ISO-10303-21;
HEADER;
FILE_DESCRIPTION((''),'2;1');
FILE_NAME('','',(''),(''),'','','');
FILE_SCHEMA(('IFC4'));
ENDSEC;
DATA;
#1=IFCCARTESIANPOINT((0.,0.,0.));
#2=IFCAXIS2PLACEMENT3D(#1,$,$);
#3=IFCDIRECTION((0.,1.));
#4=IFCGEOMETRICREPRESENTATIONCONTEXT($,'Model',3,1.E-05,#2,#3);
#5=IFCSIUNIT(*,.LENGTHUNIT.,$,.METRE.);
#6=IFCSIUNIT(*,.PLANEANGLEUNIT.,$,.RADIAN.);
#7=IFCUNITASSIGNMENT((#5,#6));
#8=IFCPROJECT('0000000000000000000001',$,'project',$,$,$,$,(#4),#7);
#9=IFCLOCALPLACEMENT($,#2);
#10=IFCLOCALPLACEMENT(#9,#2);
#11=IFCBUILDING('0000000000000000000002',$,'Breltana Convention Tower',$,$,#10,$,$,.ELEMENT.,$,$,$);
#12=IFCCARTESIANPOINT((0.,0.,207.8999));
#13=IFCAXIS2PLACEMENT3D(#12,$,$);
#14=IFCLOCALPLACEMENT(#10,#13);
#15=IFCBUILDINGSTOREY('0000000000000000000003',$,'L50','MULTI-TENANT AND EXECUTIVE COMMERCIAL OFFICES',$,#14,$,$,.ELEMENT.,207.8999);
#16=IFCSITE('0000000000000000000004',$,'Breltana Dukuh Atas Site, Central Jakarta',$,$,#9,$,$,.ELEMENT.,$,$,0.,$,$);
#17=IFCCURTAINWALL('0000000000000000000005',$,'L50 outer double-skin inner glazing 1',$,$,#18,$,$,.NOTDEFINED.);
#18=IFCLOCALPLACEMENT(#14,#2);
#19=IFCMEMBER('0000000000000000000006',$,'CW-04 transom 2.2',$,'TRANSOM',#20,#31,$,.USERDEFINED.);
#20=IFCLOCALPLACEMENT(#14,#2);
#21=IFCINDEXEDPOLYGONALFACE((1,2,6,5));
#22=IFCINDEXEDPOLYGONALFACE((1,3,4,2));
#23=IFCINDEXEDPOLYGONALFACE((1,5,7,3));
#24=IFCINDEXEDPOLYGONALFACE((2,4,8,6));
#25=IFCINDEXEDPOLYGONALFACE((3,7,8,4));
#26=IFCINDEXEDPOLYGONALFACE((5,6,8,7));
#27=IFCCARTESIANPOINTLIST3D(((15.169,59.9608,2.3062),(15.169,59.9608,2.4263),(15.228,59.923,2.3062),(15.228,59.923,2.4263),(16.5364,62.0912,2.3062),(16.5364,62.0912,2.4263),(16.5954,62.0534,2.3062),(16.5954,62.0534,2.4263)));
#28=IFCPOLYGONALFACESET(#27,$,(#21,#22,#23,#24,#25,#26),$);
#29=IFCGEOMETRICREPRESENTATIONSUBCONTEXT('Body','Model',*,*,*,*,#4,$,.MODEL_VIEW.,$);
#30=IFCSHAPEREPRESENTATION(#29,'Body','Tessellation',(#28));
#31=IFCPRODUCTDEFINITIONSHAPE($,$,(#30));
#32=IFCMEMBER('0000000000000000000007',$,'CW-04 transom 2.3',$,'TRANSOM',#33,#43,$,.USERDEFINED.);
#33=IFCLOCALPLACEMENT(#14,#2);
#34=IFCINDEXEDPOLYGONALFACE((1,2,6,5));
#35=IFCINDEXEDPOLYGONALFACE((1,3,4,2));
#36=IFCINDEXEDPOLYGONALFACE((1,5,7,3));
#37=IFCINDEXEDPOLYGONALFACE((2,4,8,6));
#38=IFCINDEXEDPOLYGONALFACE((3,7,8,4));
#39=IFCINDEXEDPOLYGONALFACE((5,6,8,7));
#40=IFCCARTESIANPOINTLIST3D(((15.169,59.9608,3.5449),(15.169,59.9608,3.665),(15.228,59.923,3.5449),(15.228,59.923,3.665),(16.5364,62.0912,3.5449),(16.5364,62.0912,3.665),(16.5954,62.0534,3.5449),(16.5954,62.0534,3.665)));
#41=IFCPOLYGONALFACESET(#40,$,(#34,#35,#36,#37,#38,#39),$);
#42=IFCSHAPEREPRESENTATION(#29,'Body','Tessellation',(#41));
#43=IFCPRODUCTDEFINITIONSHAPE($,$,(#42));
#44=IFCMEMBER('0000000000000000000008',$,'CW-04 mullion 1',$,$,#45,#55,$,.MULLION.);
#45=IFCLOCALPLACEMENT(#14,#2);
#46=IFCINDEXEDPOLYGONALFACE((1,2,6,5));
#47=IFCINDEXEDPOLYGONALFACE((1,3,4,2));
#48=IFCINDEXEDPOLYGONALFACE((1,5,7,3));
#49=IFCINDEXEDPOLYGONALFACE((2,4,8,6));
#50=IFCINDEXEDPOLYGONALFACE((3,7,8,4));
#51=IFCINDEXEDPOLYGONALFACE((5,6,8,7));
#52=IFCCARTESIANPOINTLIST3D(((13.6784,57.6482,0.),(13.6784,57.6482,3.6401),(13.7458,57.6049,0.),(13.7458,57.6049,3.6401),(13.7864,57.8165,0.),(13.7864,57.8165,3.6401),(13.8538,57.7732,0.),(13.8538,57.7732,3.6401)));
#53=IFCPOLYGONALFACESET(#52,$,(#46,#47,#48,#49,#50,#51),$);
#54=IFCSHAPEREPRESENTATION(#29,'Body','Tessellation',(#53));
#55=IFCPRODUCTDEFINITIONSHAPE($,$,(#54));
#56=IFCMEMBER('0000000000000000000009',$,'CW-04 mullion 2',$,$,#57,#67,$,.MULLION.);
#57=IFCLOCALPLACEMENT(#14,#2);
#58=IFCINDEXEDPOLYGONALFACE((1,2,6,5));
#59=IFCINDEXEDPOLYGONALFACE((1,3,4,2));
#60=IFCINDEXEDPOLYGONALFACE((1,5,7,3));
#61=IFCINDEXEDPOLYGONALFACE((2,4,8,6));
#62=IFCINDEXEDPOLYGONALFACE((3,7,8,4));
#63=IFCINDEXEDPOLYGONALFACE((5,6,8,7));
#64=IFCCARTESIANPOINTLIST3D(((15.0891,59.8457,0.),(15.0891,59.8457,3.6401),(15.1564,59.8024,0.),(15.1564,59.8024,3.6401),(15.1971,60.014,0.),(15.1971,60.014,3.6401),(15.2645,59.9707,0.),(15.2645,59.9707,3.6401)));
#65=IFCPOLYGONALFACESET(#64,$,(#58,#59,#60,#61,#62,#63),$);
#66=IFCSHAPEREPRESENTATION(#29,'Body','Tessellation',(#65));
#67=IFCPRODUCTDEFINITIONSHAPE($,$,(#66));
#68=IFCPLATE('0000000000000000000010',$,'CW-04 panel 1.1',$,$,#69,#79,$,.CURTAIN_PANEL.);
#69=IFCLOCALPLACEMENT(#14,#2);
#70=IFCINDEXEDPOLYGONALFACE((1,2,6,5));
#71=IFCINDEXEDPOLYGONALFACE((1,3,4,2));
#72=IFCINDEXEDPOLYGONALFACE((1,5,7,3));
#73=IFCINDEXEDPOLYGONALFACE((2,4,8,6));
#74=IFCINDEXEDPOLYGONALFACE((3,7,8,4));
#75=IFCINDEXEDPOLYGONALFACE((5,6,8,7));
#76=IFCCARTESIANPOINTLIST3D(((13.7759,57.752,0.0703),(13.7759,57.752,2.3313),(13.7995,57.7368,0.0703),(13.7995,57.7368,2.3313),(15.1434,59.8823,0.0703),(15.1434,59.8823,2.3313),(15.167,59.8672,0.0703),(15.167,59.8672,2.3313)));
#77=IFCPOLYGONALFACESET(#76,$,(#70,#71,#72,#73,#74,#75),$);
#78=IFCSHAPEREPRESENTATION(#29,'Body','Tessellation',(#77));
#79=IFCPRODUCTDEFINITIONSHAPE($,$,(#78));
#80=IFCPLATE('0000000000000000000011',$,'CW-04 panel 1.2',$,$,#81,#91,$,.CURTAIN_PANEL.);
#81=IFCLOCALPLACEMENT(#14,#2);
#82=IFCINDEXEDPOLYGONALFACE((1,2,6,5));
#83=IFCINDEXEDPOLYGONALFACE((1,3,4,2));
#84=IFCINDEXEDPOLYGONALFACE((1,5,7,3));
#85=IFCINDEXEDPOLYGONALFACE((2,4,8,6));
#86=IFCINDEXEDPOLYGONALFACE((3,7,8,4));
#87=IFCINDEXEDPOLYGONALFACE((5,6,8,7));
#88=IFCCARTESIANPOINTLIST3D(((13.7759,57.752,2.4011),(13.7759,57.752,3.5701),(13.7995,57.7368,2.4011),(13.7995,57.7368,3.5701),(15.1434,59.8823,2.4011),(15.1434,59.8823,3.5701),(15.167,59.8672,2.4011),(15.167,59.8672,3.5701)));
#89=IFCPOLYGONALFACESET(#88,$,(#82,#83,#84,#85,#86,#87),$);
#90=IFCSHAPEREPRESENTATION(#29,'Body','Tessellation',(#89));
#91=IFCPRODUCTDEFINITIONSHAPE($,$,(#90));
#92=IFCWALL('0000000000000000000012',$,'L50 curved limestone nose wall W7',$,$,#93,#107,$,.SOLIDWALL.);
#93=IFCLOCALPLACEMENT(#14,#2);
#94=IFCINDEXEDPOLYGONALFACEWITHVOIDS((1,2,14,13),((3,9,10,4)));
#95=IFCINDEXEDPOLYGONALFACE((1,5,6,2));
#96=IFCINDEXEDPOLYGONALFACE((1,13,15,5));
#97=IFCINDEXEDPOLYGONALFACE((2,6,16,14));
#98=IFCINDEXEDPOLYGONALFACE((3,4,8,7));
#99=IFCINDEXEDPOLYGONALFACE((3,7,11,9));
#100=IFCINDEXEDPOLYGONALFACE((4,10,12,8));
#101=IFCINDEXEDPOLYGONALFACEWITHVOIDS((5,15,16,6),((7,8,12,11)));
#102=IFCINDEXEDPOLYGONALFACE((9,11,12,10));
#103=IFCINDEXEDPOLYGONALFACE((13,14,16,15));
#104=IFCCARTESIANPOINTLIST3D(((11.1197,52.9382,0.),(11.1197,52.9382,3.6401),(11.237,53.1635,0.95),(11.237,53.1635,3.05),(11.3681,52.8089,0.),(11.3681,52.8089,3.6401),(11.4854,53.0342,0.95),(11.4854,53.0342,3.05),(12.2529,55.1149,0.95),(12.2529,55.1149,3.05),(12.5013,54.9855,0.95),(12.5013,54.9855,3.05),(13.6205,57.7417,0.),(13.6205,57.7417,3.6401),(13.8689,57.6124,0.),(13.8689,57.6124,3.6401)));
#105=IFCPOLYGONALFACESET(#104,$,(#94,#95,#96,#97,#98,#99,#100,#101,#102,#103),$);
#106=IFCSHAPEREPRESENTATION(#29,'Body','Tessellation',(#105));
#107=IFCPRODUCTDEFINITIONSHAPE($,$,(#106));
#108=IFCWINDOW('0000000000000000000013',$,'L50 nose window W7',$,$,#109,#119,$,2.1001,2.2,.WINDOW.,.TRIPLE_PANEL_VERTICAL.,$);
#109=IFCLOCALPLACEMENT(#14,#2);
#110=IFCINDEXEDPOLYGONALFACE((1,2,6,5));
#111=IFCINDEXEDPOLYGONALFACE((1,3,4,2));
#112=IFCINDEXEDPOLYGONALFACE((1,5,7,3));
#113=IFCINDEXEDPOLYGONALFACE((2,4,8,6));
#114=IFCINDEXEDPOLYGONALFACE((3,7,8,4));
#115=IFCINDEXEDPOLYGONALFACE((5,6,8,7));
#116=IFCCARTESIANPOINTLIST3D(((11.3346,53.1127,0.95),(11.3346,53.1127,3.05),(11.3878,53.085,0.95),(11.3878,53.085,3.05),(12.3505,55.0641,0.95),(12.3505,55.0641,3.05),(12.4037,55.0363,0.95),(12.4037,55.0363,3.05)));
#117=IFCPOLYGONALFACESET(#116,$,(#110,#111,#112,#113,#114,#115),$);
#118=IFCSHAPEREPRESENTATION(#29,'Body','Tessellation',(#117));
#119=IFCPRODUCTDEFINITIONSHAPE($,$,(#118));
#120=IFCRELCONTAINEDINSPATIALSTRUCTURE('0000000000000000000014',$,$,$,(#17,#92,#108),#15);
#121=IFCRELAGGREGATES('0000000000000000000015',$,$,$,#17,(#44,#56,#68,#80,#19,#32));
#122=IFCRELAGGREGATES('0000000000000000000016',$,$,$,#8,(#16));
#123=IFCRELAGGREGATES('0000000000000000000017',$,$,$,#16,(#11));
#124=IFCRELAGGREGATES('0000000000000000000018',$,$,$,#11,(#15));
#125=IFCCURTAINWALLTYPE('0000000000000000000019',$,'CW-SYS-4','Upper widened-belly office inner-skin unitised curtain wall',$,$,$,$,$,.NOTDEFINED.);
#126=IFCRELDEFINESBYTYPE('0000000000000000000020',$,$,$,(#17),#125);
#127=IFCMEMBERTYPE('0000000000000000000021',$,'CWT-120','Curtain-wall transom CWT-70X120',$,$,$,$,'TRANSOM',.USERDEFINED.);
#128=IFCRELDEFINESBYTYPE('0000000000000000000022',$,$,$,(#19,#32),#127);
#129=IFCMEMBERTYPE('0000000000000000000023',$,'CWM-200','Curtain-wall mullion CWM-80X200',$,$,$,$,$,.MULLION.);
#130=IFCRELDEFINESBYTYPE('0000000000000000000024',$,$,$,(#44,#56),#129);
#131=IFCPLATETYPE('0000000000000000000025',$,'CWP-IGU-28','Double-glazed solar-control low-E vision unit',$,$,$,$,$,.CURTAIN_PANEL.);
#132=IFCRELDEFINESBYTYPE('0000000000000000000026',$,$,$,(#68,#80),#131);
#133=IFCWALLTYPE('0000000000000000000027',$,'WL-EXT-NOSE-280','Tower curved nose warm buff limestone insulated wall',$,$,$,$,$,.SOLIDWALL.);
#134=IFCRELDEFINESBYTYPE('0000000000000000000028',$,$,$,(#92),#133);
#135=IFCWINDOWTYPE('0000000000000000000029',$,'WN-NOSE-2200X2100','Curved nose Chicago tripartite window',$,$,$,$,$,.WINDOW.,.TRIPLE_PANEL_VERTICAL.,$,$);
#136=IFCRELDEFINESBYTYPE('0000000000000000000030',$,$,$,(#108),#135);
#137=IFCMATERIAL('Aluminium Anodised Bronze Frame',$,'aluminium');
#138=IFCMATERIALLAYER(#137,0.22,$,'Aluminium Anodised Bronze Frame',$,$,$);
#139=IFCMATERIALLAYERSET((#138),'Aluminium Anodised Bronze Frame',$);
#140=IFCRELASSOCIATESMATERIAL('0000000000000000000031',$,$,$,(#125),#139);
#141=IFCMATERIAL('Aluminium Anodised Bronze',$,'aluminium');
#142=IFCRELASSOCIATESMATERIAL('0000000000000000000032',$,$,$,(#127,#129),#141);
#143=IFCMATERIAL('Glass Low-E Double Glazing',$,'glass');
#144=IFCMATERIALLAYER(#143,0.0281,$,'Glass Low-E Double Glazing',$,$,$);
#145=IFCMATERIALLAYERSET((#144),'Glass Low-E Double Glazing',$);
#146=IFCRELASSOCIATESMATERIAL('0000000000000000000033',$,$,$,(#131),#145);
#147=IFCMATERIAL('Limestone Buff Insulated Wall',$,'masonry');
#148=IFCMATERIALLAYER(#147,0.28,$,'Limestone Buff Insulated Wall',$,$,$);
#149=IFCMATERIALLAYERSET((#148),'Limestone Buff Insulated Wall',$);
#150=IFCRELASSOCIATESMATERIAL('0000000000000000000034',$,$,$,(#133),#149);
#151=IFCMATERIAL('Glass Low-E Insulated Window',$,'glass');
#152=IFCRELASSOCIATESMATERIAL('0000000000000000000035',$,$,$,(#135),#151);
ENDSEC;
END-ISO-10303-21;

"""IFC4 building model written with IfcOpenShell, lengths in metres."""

from ifc_helpers import new_model, si_unit, direction, frame, frame_2d, origin, origin_2d, place, context, subcontext, project, spatial, rectangle, extrude, source, transform, mapped, material, layer, layer_set, material_profile, profile_set, type_object, type_shapes, element, fill, aggregate, save


model = new_model("IFC4")

# Units and contexts
model_context = context("Model", 3, precision=1e-05, world=origin(), true_north=direction((0.0, 1.0)))
body_context = subcontext(model_context, "Body", "Model", "MODEL_VIEW")
ifc_project = project(units=[si_unit("LENGTHUNIT", "METRE"), si_unit("PLANEANGLEUNIT", "RADIAN")], contexts=[model_context])

# Site, building, storey
site_placement = place(None, origin())
site = spatial("IfcSite", under=ifc_project, at=site_placement, Name="Breltana Dukuh Atas Site, Central Jakarta", CompositionType="ELEMENT", RefElevation=0.0)
building_placement = place(site_placement, origin())
building = spatial("IfcBuilding", under=site, at=building_placement, Name="Breltana Convention Tower", CompositionType="ELEMENT")
storey_placement = place(building_placement, frame((0.0, 0.0, 207.8999)))
storey = spatial("IfcBuildingStorey", under=building, at=storey_placement, Name="L50", Description="MULTI-TENANT AND EXECUTIVE COMMERCIAL OFFICES", CompositionType="ELEMENT", Elevation=207.8999)

# Curtain wall, members, plates
ifc_material_1 = material(Name="Aluminium Anodised Bronze Frame", Category="aluminium")
ifc_layer_1 = layer(ifc_material_1, 0.22, Name="Aluminium Anodised Bronze Frame")
ifc_layer_set_1 = layer_set([ifc_layer_1], Name="Aluminium Anodised Bronze Frame")
curtain_wall_type = type_object("IfcCurtainWallType", Name="CW-SYS-4", Description="Upper widened-belly office inner-skin unitised curtain wall", PredefinedType="NOTDEFINED", material=ifc_layer_set_1)
curtain_wall_placement = place(storey_placement, origin())
curtain_wall = element("IfcCurtainWall", 1, at=curtain_wall_placement, inside=storey, type_object=curtain_wall_type, Name="L50 outer double-skin inner glazing 1", PredefinedType="NOTDEFINED")
ifc_material_2 = material(Name="Aluminium Anodised Bronze", Category="aluminium")
ifc_material_profile_1 = material_profile(ifc_material_2, rectangle(XDim=0.0701, YDim=0.1201, at=origin_2d()), Name="CWT-70X120")
ifc_profile_set_1 = profile_set([ifc_material_profile_1], Name="Aluminium Anodised Bronze")
member_type_1 = type_object("IfcMemberType", Name="CWT-120", Description="Curtain-wall transom CWT-70X120", ElementType="TRANSOM", PredefinedType="USERDEFINED", material=ifc_profile_set_1)
shared_shape_1 = source(origin(), body_context, "Body", "SweptSolid", [
    extrude(rectangle(XDim=0.0701, YDim=0.1201, at=origin_2d()), origin(), (0.0, 0.0, 1.0), 2.5315),
])
member_1_placement = place(storey_placement, frame((15.1985, 59.9419, 2.3662), z_axis=(0.540173, 0.841554, 0.0), x_axis=(-0.841554, 0.540173, 0.0)))
member_1 = element("IfcMember", 2, at=member_1_placement, type_object=member_type_1, Name="CW-04 transom 2.2", ObjectType="TRANSOM", PredefinedType="USERDEFINED", context=body_context, shape_type="MappedRepresentation", body=[
    mapped(shared_shape_1, transform((0.0, 0.0, 0.0), scale=1.0)),
])
member_2_placement = place(storey_placement, frame((15.1985, 59.9419, 3.605), z_axis=(0.540173, 0.841554, 0.0), x_axis=(-0.841554, 0.540173, 0.0)))
member_2 = element("IfcMember", 3, at=member_2_placement, type_object=member_type_1, Name="CW-04 transom 2.3", ObjectType="TRANSOM", PredefinedType="USERDEFINED", context=body_context, shape_type="MappedRepresentation", body=[
    mapped(shared_shape_1, transform((0.0, 0.0, 0.0), scale=1.0)),
])
ifc_material_profile_2 = material_profile(ifc_material_2, rectangle(XDim=0.0801, YDim=0.2, at=origin_2d()), Name="CWM-80X200")
ifc_profile_set_2 = profile_set([ifc_material_profile_2], Name="Aluminium Anodised Bronze")
member_type_2 = type_object("IfcMemberType", Name="CWM-200", Description="Curtain-wall mullion CWM-80X200", PredefinedType="MULLION", material=ifc_profile_set_2)
shared_shape_2 = source(origin(), body_context, "Body", "SweptSolid", [
    extrude(rectangle(XDim=0.0801, YDim=0.2, at=origin_2d()), origin(), (0.0, 0.0, 1.0), 3.6401),
])
member_3_placement = place(storey_placement, frame((13.7661, 57.7107, 0.0), z_axis=(0.0, 0.0, 1.0), x_axis=(-0.841548, 0.540182, 0.0)))
member_3 = element("IfcMember", 4, at=member_3_placement, type_object=member_type_2, Name="CW-04 mullion 1", PredefinedType="MULLION", context=body_context, shape_type="MappedRepresentation", body=[
    mapped(shared_shape_2, transform((0.0, 0.0, 0.0), scale=1.0)),
])
member_4_placement = place(storey_placement, frame((15.1768, 59.9082, 0.0), z_axis=(0.0, 0.0, 1.0), x_axis=(-0.841548, 0.540182, 0.0)))
member_4 = element("IfcMember", 5, at=member_4_placement, type_object=member_type_2, Name="CW-04 mullion 2", PredefinedType="MULLION", context=body_context, shape_type="MappedRepresentation", body=[
    mapped(shared_shape_2, transform((0.0, 0.0, 0.0), scale=1.0)),
])
ifc_material_3 = material(Name="Glass Low-E Double Glazing", Category="glass")
ifc_layer_2 = layer(ifc_material_3, 0.0281, Name="Glass Low-E Double Glazing")
ifc_layer_set_2 = layer_set([ifc_layer_2], Name="Glass Low-E Double Glazing")
plate_type = type_object("IfcPlateType", Name="CWP-IGU-28", Description="Double-glazed solar-control low-E vision unit", PredefinedType="CURTAIN_PANEL", material=ifc_layer_set_2)
shared_shape_3 = source(origin(), body_context, "Body", "SweptSolid", [
    extrude(rectangle(XDim=2.5315, YDim=0.0281, at=origin_2d()), origin(), (0.0, 0.0, 1.0), 2.261),
])
plate_1_placement = place(storey_placement, frame((14.4714, 58.8096, 0.0703), z_axis=(0.0, 0.0, 1.0), x_axis=(0.540182, 0.841548, 0.0)))
plate_1 = element("IfcPlate", 6, at=plate_1_placement, type_object=plate_type, Name="CW-04 panel 1.1", PredefinedType="CURTAIN_PANEL", context=body_context, shape_type="MappedRepresentation", body=[
    mapped(shared_shape_3, transform((0.0, 0.0, 0.0), scale=1.0)),
])
shared_shape_4 = source(origin(), body_context, "Body", "SweptSolid", [
    extrude(rectangle(XDim=2.5315, YDim=0.0281, at=origin_2d()), origin(), (0.0, 0.0, 1.0), 1.1689),
])
plate_2_placement = place(storey_placement, frame((14.4714, 58.8096, 2.4011), z_axis=(0.0, 0.0, 1.0), x_axis=(0.540182, 0.841548, 0.0)))
plate_2 = element("IfcPlate", 7, at=plate_2_placement, type_object=plate_type, Name="CW-04 panel 1.2", PredefinedType="CURTAIN_PANEL", context=body_context, shape_type="MappedRepresentation", body=[
    mapped(shared_shape_4, transform((0.0, 0.0, 0.0), scale=1.0)),
])
aggregate(curtain_wall, [member_3, member_4, plate_1, plate_2, member_1, member_2])

# Wall, opening, window
ifc_material_4 = material(Name="Limestone Buff Insulated Wall", Category="masonry")
ifc_layer_3 = layer(ifc_material_4, 0.28, Name="Limestone Buff Insulated Wall")
ifc_layer_set_3 = layer_set([ifc_layer_3], Name="Limestone Buff Insulated Wall")
wall_type = type_object("IfcWallType", Name="WL-EXT-NOSE-280", Description="Tower curved nose warm buff limestone insulated wall", PredefinedType="SOLIDWALL", material=ifc_layer_set_3)
shared_shape_5 = source(origin(), body_context, "Body", "SweptSolid", [
    extrude(rectangle(XDim=5.4155, YDim=0.28, at=frame_2d((2.7078, 0.0))), origin(), (0.0, 0.0, 1.0), 3.6401),
])
wall_placement = place(storey_placement, frame((11.2439, 52.8735, 0.0), z_axis=(0.0, 0.0, 1.0), x_axis=(0.461779, 0.886995, 0.0)))
wall = element("IfcWall", 8, at=wall_placement, inside=storey, type_object=wall_type, Name="L50 curved limestone nose wall W7", PredefinedType="SOLIDWALL", context=body_context, shape_type="MappedRepresentation", body=[
    mapped(shared_shape_5, transform((0.0, 0.0, 0.0), scale=1.0)),
])
opening_placement = place(wall_placement, frame((0.2539, 0.0, 0.95)))
opening = element("IfcOpeningElement", 9, at=opening_placement, cuts=wall, PredefinedType="OPENING", context=body_context, shape_type="SweptSolid", body=[
    extrude(rectangle(XDim=2.2, YDim=2.1001, at=frame_2d((1.1001, 1.05))), frame((0.0, 0.1499, 0.0), z_axis=(0.0, -1.0, 0.0), x_axis=(1.0, 0.0, 0.0)), (0.0, 0.0, 1.0), 0.3),
])
ifc_material_5 = material(Name="Glass Low-E Insulated Window", Category="glass")
window_type = type_object("IfcWindowType", Name="WN-NOSE-2200X2100", Description="Curved nose Chicago tripartite window", PartitioningType="TRIPLE_PANEL_VERTICAL", PredefinedType="WINDOW", material=ifc_material_5)
shared_shape_6 = source(origin(), body_context, "Body", "SweptSolid", [
    extrude(rectangle(XDim=2.2, YDim=2.1001, at=frame_2d((1.1001, 1.05))), frame((0.0, 0.03, 0.0), z_axis=(0.0, -1.0, 0.0), x_axis=(1.0, 0.0, 0.0)), (0.0, 0.0, 1.0), 0.0601),
])
type_shapes(window_type, [shared_shape_6])
window_placement = place(opening_placement, origin())
window = element("IfcWindow", 10, at=window_placement, inside=storey, type_object=window_type, Name="L50 nose window W7", OverallHeight=2.1001, OverallWidth=2.2, PartitioningType="TRIPLE_PANEL_VERTICAL", PredefinedType="WINDOW", context=body_context, shape_type="MappedRepresentation", body=[
    mapped(shared_shape_6, transform((0.0, 0.0, 0.0), scale=1.0)),
])
fill(opening, window)

save(model, "model.ifc")
